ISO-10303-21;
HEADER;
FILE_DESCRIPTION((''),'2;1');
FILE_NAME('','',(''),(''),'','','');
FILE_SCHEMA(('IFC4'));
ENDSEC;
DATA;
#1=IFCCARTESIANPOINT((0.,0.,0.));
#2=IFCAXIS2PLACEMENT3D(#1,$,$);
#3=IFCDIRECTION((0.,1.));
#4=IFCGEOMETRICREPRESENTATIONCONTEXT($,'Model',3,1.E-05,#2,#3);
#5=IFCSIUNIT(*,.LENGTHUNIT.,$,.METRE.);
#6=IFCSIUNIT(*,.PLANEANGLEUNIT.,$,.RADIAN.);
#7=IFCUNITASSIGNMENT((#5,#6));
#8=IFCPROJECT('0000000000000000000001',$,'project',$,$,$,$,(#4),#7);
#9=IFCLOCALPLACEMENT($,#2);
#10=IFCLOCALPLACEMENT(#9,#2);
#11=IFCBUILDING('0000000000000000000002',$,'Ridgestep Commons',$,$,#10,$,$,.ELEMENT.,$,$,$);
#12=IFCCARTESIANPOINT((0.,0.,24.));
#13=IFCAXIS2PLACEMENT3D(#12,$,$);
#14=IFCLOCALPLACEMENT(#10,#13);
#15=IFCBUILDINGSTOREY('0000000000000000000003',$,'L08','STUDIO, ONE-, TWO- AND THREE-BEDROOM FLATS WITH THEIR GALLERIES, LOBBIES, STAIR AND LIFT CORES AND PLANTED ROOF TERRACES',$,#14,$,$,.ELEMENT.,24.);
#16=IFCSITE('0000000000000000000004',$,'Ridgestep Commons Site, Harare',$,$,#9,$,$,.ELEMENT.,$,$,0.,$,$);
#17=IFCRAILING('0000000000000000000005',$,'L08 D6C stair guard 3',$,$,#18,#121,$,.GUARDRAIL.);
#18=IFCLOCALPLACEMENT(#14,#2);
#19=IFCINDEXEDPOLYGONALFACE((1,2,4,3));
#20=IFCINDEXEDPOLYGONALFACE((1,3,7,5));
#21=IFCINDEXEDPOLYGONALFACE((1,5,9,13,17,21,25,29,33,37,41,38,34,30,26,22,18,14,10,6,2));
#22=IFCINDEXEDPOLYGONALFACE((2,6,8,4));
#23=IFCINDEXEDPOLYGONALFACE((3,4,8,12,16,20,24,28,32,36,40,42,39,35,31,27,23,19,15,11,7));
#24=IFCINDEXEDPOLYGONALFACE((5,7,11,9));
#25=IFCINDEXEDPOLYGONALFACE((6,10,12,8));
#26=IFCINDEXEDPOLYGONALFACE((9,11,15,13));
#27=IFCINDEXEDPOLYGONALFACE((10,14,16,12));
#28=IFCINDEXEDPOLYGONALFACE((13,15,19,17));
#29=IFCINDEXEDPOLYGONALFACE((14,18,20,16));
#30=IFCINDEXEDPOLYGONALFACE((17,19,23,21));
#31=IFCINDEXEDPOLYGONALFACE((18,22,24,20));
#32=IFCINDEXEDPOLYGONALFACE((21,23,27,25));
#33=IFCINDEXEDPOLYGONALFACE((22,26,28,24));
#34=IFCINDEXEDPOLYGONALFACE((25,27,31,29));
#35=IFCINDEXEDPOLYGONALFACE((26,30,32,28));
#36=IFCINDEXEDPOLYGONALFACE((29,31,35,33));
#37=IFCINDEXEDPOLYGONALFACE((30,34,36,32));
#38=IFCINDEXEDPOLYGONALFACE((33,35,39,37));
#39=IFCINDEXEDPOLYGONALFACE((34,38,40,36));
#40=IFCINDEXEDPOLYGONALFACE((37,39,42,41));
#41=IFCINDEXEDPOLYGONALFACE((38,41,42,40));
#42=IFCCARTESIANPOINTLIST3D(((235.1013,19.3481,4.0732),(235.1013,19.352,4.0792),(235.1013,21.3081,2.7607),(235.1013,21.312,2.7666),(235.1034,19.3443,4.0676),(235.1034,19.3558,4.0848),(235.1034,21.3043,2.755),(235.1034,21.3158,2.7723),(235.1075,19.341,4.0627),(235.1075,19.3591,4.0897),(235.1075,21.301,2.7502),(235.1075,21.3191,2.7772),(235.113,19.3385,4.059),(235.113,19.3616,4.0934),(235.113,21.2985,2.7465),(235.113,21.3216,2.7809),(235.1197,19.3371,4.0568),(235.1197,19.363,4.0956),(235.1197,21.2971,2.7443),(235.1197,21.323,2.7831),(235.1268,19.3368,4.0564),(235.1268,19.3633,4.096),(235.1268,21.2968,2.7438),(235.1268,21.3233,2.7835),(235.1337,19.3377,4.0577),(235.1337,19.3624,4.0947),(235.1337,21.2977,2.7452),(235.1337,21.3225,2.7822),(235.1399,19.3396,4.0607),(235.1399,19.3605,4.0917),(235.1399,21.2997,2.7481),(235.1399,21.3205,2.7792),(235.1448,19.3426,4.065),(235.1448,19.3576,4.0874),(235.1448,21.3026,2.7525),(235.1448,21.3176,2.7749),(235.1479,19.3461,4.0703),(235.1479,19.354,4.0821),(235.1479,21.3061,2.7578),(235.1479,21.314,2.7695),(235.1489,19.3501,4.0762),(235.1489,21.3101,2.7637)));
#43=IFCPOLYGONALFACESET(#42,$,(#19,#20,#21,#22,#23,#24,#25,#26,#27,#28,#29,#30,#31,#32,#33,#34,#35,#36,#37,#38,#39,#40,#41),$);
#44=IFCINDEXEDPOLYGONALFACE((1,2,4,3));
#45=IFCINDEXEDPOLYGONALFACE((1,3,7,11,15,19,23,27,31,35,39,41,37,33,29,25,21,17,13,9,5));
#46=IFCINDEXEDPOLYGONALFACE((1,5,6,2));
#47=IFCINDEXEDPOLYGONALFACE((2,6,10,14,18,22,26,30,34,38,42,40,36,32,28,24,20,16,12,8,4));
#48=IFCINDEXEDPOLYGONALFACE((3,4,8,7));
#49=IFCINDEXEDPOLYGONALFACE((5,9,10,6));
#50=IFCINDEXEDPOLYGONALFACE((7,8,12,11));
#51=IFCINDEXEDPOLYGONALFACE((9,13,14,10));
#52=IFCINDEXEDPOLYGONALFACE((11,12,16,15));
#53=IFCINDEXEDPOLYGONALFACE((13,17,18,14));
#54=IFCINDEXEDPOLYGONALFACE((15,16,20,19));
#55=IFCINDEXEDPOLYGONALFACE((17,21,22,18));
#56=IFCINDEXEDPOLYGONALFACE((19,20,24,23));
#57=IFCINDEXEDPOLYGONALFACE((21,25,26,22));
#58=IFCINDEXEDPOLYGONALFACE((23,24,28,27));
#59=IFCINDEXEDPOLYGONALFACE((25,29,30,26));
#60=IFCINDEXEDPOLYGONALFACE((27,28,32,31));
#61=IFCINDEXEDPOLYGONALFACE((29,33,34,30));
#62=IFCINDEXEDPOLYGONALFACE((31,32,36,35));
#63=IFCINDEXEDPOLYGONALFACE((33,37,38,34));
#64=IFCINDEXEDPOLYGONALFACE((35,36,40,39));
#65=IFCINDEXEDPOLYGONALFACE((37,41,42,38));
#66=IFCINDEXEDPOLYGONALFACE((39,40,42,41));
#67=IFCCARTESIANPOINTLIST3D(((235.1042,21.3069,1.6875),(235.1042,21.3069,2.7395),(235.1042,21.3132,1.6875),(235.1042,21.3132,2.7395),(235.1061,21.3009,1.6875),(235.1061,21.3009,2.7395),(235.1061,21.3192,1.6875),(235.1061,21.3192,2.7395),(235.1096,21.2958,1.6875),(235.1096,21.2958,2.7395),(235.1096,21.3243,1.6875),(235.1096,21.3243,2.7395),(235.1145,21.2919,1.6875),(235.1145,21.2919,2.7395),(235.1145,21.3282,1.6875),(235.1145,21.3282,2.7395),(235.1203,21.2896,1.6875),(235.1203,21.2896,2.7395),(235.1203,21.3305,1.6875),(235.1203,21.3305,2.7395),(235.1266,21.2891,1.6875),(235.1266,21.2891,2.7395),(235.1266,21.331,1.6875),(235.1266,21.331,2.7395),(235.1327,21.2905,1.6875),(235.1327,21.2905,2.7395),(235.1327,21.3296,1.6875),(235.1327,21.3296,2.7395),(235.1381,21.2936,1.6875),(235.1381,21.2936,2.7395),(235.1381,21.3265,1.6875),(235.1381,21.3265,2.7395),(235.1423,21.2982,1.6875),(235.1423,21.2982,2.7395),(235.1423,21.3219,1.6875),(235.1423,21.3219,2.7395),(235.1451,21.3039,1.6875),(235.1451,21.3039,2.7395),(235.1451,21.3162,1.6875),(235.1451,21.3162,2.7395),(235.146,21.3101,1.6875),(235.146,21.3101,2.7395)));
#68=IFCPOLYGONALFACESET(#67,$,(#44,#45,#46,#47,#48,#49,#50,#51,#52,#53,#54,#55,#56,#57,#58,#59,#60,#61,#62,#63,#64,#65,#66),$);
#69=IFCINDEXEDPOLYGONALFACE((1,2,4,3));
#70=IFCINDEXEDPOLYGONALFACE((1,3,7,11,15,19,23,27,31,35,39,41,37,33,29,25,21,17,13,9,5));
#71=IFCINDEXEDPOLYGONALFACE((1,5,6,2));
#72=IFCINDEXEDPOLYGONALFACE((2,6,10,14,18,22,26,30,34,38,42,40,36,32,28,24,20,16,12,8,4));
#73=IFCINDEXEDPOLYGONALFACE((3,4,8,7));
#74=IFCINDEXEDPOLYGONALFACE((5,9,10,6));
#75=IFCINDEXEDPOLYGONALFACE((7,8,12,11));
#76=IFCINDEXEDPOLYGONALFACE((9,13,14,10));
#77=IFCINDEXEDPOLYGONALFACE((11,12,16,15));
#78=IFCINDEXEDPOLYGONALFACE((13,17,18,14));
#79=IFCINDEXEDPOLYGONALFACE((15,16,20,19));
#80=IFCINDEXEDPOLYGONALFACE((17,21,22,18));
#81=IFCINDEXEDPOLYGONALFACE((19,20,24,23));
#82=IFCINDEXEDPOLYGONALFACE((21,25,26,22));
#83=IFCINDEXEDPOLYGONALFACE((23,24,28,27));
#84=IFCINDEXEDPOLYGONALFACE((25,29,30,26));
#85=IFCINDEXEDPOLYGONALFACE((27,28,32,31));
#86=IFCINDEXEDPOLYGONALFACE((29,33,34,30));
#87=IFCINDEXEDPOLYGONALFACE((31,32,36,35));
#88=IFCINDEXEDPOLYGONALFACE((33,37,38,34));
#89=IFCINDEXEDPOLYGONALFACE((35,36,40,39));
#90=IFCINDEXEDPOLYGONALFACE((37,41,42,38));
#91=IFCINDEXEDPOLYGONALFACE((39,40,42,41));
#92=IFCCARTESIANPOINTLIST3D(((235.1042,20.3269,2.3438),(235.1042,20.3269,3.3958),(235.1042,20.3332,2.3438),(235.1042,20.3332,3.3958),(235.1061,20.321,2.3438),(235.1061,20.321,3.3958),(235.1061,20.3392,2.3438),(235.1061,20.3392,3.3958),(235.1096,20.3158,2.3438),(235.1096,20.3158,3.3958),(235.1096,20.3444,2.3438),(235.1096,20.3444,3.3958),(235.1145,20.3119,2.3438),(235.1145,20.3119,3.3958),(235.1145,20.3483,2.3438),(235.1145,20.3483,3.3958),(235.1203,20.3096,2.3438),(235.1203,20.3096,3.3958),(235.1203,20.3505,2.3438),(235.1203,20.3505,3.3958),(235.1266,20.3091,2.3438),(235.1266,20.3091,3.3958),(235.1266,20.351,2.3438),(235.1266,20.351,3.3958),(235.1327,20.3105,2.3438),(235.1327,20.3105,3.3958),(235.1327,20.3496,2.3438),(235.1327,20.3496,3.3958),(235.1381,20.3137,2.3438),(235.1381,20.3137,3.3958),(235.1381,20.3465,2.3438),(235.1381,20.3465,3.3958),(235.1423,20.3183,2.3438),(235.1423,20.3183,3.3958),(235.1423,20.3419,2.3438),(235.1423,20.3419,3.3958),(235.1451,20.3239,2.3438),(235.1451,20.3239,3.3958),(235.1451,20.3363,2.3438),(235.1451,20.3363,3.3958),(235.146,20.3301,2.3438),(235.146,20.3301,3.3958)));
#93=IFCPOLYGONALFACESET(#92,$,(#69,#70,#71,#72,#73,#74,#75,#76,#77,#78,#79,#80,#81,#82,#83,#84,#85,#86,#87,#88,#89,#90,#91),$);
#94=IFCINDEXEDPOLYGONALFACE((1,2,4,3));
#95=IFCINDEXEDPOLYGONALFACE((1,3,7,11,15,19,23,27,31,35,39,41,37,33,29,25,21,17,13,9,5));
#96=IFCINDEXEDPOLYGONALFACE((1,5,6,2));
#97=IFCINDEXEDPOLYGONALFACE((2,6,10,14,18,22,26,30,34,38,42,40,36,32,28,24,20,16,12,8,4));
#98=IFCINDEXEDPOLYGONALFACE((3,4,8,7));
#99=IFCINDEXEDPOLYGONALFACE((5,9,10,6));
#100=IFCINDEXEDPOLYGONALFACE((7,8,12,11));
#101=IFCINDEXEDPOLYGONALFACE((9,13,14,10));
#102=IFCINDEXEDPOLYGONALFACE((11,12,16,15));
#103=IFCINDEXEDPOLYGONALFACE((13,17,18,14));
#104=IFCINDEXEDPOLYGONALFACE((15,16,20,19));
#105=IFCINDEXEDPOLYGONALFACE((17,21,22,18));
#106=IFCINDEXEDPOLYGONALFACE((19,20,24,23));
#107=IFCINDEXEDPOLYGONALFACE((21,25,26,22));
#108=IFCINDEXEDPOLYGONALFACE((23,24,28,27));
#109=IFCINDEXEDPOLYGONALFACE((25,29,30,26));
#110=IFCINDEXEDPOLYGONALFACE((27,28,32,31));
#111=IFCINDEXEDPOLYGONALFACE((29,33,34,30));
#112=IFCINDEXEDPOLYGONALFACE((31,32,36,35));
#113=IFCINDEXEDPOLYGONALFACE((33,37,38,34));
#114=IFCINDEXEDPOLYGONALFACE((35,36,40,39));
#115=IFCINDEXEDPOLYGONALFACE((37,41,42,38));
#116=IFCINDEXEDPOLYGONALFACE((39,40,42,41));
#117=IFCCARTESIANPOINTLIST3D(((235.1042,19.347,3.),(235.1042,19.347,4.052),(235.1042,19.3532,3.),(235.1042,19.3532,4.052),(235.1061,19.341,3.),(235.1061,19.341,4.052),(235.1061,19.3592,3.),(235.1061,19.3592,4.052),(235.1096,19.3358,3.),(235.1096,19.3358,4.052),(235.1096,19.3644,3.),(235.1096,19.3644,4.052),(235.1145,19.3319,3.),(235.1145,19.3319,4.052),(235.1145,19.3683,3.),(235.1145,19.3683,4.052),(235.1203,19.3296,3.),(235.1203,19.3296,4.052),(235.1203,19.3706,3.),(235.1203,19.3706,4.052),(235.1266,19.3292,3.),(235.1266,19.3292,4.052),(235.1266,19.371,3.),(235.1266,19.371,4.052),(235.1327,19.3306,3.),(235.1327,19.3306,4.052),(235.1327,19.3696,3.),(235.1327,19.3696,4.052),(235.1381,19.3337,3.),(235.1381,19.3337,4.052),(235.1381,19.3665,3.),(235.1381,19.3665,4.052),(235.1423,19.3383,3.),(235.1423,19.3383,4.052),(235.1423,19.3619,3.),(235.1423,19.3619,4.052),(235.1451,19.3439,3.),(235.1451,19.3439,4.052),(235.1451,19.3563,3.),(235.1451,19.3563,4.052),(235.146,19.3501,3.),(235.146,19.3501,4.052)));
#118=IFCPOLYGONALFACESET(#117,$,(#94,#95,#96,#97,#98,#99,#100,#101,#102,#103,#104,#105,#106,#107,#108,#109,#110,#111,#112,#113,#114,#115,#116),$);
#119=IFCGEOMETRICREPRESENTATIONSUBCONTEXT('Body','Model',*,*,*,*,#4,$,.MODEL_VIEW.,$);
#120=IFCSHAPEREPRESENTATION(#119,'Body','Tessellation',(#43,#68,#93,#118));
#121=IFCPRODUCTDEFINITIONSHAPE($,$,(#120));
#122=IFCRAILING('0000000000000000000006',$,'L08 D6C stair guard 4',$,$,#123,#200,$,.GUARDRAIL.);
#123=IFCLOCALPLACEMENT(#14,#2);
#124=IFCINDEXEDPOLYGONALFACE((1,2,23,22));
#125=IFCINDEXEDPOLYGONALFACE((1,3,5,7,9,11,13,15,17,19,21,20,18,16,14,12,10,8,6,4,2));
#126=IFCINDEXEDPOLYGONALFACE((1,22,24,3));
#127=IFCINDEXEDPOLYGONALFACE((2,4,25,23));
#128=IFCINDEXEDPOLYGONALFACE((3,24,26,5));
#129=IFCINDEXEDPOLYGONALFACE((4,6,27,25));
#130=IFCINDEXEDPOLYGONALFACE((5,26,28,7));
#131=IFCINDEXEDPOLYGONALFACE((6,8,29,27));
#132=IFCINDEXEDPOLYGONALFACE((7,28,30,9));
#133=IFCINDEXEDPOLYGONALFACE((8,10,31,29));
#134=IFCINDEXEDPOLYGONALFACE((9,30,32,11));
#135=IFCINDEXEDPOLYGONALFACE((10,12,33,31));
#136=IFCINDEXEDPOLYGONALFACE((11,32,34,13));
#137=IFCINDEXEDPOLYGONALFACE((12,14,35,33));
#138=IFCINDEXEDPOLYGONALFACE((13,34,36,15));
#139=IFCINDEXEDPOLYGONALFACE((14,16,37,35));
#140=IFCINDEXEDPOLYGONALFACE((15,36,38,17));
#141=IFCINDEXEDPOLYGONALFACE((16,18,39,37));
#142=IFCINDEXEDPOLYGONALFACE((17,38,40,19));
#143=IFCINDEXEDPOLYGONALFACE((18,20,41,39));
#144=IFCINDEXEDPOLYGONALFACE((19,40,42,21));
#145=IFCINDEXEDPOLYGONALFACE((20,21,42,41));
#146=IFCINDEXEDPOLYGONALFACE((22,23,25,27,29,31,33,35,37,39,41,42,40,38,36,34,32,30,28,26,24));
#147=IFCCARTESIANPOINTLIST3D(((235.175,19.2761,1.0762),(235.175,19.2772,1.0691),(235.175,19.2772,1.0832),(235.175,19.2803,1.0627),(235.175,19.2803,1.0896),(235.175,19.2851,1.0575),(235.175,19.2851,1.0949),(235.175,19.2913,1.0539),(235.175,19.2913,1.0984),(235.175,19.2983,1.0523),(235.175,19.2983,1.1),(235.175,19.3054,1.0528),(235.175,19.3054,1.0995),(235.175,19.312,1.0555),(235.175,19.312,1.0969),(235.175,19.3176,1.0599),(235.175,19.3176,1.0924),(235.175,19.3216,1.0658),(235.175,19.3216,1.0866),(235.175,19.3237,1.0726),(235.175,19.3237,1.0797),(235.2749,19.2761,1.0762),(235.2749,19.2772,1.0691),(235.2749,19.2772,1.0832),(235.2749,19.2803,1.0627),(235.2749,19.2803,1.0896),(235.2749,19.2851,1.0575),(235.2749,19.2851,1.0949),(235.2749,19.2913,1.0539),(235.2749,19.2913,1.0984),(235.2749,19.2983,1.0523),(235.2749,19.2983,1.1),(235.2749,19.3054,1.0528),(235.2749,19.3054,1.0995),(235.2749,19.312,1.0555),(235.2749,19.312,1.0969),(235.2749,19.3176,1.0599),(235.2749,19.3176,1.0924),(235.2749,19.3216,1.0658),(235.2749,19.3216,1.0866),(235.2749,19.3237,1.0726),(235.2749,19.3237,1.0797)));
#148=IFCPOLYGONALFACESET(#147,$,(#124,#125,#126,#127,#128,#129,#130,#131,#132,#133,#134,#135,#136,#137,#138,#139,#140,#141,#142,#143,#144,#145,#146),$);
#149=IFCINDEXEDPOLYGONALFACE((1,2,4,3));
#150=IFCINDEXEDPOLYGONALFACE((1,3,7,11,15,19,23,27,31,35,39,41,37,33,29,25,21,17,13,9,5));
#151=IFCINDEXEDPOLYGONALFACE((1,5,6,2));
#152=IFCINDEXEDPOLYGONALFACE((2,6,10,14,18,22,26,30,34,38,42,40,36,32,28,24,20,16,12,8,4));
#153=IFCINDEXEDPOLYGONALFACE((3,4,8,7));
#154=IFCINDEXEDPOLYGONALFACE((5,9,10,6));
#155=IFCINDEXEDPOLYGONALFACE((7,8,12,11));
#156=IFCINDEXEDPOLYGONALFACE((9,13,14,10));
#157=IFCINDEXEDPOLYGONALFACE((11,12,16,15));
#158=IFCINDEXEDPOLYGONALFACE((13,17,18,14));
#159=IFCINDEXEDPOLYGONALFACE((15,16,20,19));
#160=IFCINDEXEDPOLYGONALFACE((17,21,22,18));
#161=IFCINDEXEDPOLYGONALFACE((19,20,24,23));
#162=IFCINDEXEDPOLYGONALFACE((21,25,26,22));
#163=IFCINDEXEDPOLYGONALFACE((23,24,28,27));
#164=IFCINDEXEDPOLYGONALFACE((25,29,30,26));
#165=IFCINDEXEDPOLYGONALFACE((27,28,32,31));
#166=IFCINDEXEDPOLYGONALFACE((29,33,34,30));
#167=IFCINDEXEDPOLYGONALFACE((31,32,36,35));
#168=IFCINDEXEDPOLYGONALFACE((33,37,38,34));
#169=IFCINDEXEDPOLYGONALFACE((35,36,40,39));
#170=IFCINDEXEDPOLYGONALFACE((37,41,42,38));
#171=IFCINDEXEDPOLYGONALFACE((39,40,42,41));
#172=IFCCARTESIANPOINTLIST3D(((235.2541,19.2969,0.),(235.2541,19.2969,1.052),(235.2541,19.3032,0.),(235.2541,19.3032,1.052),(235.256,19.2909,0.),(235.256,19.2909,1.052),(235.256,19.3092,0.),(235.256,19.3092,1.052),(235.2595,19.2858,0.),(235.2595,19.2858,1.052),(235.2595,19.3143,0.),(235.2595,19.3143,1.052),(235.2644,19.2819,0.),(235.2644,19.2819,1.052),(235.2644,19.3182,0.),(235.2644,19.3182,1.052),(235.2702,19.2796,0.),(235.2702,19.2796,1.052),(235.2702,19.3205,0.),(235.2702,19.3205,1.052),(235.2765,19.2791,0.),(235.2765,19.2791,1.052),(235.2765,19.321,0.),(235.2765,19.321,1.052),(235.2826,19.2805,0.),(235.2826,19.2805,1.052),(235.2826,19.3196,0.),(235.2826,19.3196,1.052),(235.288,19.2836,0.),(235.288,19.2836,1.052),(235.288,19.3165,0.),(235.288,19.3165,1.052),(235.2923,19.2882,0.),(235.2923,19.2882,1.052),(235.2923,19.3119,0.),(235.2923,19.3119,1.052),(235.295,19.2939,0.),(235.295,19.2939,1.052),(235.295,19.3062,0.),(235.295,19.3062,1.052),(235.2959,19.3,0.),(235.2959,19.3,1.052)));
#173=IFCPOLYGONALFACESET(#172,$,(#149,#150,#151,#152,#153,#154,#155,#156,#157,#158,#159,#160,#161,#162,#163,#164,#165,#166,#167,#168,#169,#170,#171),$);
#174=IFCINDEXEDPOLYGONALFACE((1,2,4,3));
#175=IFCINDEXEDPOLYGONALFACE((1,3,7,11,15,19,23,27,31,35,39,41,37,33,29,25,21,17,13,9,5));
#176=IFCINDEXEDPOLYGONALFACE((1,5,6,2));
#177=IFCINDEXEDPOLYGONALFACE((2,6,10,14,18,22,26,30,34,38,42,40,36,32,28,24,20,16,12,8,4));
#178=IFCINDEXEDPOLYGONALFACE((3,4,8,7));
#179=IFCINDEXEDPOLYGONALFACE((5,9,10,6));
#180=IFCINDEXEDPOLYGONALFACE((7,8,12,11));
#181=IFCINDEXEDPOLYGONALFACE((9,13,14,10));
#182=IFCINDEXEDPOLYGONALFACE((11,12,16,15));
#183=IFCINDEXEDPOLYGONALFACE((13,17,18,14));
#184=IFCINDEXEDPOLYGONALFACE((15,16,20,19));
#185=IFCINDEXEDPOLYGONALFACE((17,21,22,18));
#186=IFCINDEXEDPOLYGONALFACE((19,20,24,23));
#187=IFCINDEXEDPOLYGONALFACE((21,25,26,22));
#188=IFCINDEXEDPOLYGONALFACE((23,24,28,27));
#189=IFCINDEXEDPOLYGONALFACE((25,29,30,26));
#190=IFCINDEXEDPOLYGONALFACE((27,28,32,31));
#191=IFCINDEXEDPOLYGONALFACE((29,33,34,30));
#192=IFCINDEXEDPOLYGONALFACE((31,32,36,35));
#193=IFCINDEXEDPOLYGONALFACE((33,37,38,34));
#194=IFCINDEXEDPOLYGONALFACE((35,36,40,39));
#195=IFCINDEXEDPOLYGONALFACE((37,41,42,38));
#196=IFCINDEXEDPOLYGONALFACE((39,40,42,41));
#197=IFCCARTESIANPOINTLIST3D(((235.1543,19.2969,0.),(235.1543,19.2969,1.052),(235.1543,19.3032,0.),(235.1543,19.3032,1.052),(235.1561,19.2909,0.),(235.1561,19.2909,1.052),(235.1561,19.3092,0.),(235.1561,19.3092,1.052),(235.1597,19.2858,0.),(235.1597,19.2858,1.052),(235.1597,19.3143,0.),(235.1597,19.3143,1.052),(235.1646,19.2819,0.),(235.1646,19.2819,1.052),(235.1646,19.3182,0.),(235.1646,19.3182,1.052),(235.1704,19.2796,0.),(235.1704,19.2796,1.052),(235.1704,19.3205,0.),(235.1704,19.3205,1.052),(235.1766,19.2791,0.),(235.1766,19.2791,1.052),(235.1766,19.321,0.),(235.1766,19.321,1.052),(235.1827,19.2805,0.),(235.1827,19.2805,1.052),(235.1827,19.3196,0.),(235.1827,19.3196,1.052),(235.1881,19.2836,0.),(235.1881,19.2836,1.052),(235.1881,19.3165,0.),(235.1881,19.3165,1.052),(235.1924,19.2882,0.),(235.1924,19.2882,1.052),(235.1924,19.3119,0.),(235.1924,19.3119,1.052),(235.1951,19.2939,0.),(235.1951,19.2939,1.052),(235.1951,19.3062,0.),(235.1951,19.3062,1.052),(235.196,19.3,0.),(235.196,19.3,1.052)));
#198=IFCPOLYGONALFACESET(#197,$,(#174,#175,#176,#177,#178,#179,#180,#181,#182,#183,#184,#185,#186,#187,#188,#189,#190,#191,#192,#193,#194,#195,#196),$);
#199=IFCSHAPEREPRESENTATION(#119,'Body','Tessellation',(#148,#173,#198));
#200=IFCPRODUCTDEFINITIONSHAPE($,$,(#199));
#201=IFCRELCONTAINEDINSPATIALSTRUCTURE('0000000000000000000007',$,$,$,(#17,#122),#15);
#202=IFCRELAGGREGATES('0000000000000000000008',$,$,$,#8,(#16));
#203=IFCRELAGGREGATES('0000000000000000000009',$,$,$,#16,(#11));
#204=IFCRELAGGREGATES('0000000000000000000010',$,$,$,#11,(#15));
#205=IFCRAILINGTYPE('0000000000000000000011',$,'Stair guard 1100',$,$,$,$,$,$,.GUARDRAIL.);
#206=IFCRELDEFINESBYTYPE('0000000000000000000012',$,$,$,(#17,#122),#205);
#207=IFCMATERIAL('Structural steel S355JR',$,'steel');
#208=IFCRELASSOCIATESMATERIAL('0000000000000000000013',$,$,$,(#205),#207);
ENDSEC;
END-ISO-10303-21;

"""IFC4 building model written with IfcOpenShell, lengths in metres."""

from ifc_helpers import new_model, si_unit, direction, frame, origin, origin_2d, place, context, subcontext, project, spatial, circle, extrude, material, type_object, element, save


model = new_model("IFC4")

# Units and contexts
model_context = context("Model", 3, precision=1e-05, world=origin(), true_north=direction((0.0, 1.0)))
body_context = subcontext(model_context, "Body", "Model", "MODEL_VIEW")
ifc_project = project(units=[si_unit("LENGTHUNIT", "METRE"), si_unit("PLANEANGLEUNIT", "RADIAN")], contexts=[model_context])

# Site, building, storey
site_placement = place(None, origin())
site = spatial("IfcSite", under=ifc_project, at=site_placement, Name="Ridgestep Commons Site, Harare", CompositionType="ELEMENT", RefElevation=0.0)
building_placement = place(site_placement, origin())
building = spatial("IfcBuilding", under=site, at=building_placement, Name="Ridgestep Commons", CompositionType="ELEMENT")
storey_placement = place(building_placement, frame((0.0, 0.0, 24.0)))
storey = spatial("IfcBuildingStorey", under=building, at=storey_placement, Name="L08", Description="STUDIO, ONE-, TWO- AND THREE-BEDROOM FLATS WITH THEIR GALLERIES, LOBBIES, STAIR AND LIFT CORES AND PLANTED ROOF TERRACES", CompositionType="ELEMENT", Elevation=24.0)

# Railings
ifc_material_1 = material(Name="Structural steel S355JR", Category="steel")
railing_type_1 = type_object("IfcRailingType", Name="Stair guard 1100", PredefinedType="GUARDRAIL", material=ifc_material_1)
railing_1_placement = place(storey_placement, frame((235.125, 21.3101, 1.6875)))
element("IfcRailing", 1, at=railing_1_placement, inside=storey, type_object=railing_type_1, Name="L08 D6C stair guard 3", PredefinedType="GUARDRAIL", context=body_context, shape_type="SweptSolid", body=[
    extrude(circle(Radius=0.0239, at=origin_2d()), frame((0.0, 0.0, 1.0762), z_axis=(0.0, -0.830902, 0.556419), x_axis=(1.0, 0.0, 0.0)), (0.0, 0.0, 1.0), 2.3589),
    extrude(circle(Radius=0.021, at=origin_2d()), origin(), (0.0, 0.0, 1.0), 1.052),
    extrude(circle(Radius=0.021, at=origin_2d()), frame((0.0, -0.98, 0.6562)), (0.0, 0.0, 1.0), 1.052),
    extrude(circle(Radius=0.021, at=origin_2d()), frame((0.0, -1.96, 1.3125)), (0.0, 0.0, 1.0), 1.052),
])
railing_2_placement = place(storey_placement, frame((235.2749, 19.3, 0.0)))
element("IfcRailing", 2, at=railing_2_placement, inside=storey, type_object=railing_type_1, Name="L08 D6C stair guard 4", PredefinedType="GUARDRAIL", context=body_context, shape_type="SweptSolid", body=[
    extrude(circle(Radius=0.0239, at=origin_2d()), frame((0.0, 0.0, 1.0762), z_axis=(-1.0, 0.0, 0.0), x_axis=(0.0, -1.0, 0.0)), (0.0, 0.0, 1.0), 0.0999),
    extrude(circle(Radius=0.021, at=origin_2d()), origin(), (0.0, 0.0, 1.0), 1.052),
    extrude(circle(Radius=0.021, at=origin_2d()), frame((-0.0999, 0.0, 0.0)), (0.0, 0.0, 1.0), 1.052),
])

save(model, "model.ifc")
